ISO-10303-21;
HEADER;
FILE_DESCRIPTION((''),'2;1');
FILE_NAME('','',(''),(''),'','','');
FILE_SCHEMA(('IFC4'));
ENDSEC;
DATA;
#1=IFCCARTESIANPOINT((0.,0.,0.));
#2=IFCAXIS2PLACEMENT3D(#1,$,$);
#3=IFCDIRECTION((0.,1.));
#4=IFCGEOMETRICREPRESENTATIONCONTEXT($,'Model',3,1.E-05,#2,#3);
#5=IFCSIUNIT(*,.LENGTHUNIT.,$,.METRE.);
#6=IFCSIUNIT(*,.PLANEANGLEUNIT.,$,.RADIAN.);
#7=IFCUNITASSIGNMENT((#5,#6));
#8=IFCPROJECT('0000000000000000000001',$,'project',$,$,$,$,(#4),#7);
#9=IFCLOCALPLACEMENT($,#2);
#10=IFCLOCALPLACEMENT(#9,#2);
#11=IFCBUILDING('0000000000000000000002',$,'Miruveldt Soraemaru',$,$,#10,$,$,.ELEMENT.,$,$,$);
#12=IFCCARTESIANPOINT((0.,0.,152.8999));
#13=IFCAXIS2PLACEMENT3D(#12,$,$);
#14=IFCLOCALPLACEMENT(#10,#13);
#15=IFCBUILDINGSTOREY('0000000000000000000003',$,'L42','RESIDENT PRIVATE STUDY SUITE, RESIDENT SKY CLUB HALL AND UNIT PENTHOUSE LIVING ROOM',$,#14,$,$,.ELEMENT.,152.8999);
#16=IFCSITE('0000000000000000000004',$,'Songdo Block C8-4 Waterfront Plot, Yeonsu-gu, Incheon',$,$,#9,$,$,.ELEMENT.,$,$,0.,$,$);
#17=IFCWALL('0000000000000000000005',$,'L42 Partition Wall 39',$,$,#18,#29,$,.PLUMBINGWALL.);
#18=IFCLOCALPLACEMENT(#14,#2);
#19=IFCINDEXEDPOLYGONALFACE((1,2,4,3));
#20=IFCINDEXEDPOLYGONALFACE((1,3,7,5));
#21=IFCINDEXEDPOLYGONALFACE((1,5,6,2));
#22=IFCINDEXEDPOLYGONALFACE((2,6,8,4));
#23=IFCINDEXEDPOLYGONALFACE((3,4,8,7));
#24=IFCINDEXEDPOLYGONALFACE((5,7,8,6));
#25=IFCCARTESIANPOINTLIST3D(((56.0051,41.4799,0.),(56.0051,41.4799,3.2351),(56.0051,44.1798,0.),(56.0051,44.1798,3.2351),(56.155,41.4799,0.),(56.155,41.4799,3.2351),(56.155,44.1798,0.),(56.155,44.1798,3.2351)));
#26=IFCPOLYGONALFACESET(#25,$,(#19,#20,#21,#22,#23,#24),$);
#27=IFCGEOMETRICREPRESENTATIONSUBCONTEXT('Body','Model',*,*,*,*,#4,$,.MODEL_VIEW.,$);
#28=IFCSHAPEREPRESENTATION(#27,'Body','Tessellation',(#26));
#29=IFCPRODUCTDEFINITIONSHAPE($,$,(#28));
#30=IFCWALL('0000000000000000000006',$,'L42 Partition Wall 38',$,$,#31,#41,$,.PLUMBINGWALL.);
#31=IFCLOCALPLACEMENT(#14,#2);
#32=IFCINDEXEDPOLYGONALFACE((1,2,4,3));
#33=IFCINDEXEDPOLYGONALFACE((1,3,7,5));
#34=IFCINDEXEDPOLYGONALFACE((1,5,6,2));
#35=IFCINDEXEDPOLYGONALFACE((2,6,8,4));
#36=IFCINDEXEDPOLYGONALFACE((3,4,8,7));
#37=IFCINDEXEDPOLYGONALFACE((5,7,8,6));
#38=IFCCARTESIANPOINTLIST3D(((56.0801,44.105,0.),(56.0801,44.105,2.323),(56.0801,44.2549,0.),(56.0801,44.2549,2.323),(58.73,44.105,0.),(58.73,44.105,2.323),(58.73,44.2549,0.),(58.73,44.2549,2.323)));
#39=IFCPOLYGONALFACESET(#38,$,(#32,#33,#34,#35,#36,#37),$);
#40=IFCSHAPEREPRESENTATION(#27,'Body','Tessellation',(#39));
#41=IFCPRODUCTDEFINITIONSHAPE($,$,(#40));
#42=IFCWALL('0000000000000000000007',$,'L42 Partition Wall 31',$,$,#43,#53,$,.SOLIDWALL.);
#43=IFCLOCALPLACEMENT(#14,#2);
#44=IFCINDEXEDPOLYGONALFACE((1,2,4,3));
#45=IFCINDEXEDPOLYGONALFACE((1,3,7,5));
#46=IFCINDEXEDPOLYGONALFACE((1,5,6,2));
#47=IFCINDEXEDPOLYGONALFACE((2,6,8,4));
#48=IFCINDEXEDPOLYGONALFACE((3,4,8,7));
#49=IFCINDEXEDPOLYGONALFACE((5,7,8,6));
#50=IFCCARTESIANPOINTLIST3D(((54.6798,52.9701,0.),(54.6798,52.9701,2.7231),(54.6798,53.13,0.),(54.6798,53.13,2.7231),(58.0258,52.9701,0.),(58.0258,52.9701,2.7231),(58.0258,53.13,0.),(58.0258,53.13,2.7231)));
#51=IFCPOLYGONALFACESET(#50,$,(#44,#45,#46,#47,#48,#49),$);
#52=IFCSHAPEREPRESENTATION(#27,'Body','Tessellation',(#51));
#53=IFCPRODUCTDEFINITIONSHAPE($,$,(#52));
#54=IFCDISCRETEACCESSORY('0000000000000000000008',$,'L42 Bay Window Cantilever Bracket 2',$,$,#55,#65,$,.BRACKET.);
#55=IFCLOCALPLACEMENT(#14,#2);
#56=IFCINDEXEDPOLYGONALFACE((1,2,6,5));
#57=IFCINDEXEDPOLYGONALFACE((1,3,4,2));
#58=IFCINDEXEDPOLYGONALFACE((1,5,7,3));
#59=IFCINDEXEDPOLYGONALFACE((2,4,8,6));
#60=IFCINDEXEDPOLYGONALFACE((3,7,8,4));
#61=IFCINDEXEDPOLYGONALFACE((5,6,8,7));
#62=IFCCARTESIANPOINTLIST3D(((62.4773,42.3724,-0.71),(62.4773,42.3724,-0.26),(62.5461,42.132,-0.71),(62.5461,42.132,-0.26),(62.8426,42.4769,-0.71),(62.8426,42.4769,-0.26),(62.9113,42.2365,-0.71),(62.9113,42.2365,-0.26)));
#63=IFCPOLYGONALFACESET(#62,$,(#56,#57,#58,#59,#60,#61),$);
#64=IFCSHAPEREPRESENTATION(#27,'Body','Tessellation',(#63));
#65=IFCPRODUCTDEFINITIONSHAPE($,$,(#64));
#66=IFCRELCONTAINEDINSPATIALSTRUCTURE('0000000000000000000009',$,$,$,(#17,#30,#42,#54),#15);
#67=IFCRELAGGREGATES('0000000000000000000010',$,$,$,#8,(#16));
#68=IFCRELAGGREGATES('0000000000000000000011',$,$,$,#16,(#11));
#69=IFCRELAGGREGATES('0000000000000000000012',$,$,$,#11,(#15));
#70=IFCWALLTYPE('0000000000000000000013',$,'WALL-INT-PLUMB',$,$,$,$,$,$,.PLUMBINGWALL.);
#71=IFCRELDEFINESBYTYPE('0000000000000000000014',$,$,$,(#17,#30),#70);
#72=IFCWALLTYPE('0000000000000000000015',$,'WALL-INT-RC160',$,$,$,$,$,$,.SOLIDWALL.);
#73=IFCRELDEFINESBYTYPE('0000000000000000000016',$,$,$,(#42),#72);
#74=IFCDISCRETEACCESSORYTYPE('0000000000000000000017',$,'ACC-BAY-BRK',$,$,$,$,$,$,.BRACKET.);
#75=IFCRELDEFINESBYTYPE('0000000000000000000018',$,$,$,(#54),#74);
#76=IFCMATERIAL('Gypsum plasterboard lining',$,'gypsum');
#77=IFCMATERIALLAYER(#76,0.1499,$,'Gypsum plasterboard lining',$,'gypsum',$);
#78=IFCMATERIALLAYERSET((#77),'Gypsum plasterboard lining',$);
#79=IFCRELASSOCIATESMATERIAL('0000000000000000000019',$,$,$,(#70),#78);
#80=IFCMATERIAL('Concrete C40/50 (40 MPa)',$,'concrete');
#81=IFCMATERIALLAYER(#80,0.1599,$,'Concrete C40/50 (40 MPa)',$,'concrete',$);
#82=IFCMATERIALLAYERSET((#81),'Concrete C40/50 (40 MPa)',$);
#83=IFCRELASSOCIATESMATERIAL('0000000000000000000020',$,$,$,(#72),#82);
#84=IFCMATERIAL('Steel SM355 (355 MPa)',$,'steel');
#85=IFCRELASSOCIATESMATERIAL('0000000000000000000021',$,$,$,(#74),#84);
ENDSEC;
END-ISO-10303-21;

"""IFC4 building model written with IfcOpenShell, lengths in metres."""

from ifc_helpers import new_model, si_unit, direction, frame, frame_2d, origin, origin_2d, place, context, subcontext, project, spatial, rectangle, extrude, material, layer, layer_set, type_object, element, save


model = new_model("IFC4")

# Units and contexts
model_context = context("Model", 3, precision=1e-05, world=origin(), true_north=direction((0.0, 1.0)))
body_context = subcontext(model_context, "Body", "Model", "MODEL_VIEW")
ifc_project = project(units=[si_unit("LENGTHUNIT", "METRE"), si_unit("PLANEANGLEUNIT", "RADIAN")], contexts=[model_context])

# Site, building, storey
site_placement = place(None, origin())
site = spatial("IfcSite", under=ifc_project, at=site_placement, Name="Songdo Block C8-4 Waterfront Plot, Yeonsu-gu, Incheon", CompositionType="ELEMENT", RefElevation=0.0)
building_placement = place(site_placement, origin())
building = spatial("IfcBuilding", under=site, at=building_placement, Name="Miruveldt Soraemaru", CompositionType="ELEMENT")
storey_placement = place(building_placement, frame((0.0, 0.0, 152.8999)))
storey = spatial("IfcBuildingStorey", under=building, at=storey_placement, Name="L42", Description="RESIDENT PRIVATE STUDY SUITE, RESIDENT SKY CLUB HALL AND UNIT PENTHOUSE LIVING ROOM", CompositionType="ELEMENT", Elevation=152.8999)

# Shared definitions
ifc_material_1 = material(Name="Steel SM355 (355 MPa)", Category="steel")

# Walls
ifc_material_2 = material(Name="Gypsum plasterboard lining", Category="gypsum")
ifc_layer_1 = layer(ifc_material_2, 0.1499, Name="Gypsum plasterboard lining", Category="gypsum")
ifc_layer_set_1 = layer_set([ifc_layer_1], Name="Gypsum plasterboard lining")
wall_type_1 = type_object("IfcWallType", Name="WALL-INT-PLUMB", PredefinedType="PLUMBINGWALL", material=ifc_layer_set_1)
wall_1_placement = place(storey_placement, frame((56.0801, 44.1799, 0.0), z_axis=(0.0, 0.0, 1.0), x_axis=(0.0, -1.0, 0.0)))
element("IfcWall", 1, at=wall_1_placement, inside=storey, type_object=wall_type_1, Name="L42 Partition Wall 39", PredefinedType="PLUMBINGWALL", context=body_context, shape_type="SweptSolid", body=[
    extrude(rectangle(XDim=2.7, YDim=0.1499, at=frame_2d((1.3501, 0.0))), origin(), (0.0, 0.0, 1.0), 3.2351),
])
wall_2_placement = place(storey_placement, frame((58.73, 44.1799, 0.0), z_axis=(0.0, 0.0, 1.0), x_axis=(-1.0, 0.0, 0.0)))
element("IfcWall", 2, at=wall_2_placement, inside=storey, type_object=wall_type_1, Name="L42 Partition Wall 38", PredefinedType="PLUMBINGWALL", context=body_context, shape_type="SweptSolid", body=[
    extrude(rectangle(XDim=2.6499, YDim=0.1499, at=frame_2d((1.325, 0.0))), origin(), (0.0, 0.0, 1.0), 2.323),
])
ifc_material_3 = material(Name="Concrete C40/50 (40 MPa)", Category="concrete")
ifc_layer_2 = layer(ifc_material_3, 0.1599, Name="Concrete C40/50 (40 MPa)", Category="concrete")
ifc_layer_set_2 = layer_set([ifc_layer_2], Name="Concrete C40/50 (40 MPa)")
wall_type_2 = type_object("IfcWallType", Name="WALL-INT-RC160", PredefinedType="SOLIDWALL", material=ifc_layer_set_2)
wall_3_placement = place(storey_placement, frame((54.6799, 53.05, 0.0), z_axis=(0.0, 0.0, 1.0), x_axis=(1.0, 0.0, 0.0)))
element("IfcWall", 3, at=wall_3_placement, inside=storey, type_object=wall_type_2, Name="L42 Partition Wall 31", PredefinedType="SOLIDWALL", context=body_context, shape_type="SweptSolid", body=[
    extrude(rectangle(XDim=3.3459, YDim=0.1599, at=frame_2d((1.6729, 0.0))), origin(), (0.0, 0.0, 1.0), 2.7231),
])

# Discrete accessory
discrete_accessory_type = type_object("IfcDiscreteAccessoryType", Name="ACC-BAY-BRK", PredefinedType="BRACKET", material=ifc_material_1)
discrete_accessory_placement = place(storey_placement, frame((62.6943, 42.3044, -0.71), z_axis=(0.0, 0.0, 1.0), x_axis=(0.961454, 0.274966, 0.0)))
element("IfcDiscreteAccessory", 4, at=discrete_accessory_placement, inside=storey, type_object=discrete_accessory_type, Name="L42 Bay Window Cantilever Bracket 2", PredefinedType="BRACKET", context=body_context, shape_type="SweptSolid", body=[
    extrude(rectangle(XDim=0.3799, YDim=0.25, at=origin_2d()), origin(), (0.0, 0.0, 1.0), 0.45),
])

save(model, "model.ifc")
